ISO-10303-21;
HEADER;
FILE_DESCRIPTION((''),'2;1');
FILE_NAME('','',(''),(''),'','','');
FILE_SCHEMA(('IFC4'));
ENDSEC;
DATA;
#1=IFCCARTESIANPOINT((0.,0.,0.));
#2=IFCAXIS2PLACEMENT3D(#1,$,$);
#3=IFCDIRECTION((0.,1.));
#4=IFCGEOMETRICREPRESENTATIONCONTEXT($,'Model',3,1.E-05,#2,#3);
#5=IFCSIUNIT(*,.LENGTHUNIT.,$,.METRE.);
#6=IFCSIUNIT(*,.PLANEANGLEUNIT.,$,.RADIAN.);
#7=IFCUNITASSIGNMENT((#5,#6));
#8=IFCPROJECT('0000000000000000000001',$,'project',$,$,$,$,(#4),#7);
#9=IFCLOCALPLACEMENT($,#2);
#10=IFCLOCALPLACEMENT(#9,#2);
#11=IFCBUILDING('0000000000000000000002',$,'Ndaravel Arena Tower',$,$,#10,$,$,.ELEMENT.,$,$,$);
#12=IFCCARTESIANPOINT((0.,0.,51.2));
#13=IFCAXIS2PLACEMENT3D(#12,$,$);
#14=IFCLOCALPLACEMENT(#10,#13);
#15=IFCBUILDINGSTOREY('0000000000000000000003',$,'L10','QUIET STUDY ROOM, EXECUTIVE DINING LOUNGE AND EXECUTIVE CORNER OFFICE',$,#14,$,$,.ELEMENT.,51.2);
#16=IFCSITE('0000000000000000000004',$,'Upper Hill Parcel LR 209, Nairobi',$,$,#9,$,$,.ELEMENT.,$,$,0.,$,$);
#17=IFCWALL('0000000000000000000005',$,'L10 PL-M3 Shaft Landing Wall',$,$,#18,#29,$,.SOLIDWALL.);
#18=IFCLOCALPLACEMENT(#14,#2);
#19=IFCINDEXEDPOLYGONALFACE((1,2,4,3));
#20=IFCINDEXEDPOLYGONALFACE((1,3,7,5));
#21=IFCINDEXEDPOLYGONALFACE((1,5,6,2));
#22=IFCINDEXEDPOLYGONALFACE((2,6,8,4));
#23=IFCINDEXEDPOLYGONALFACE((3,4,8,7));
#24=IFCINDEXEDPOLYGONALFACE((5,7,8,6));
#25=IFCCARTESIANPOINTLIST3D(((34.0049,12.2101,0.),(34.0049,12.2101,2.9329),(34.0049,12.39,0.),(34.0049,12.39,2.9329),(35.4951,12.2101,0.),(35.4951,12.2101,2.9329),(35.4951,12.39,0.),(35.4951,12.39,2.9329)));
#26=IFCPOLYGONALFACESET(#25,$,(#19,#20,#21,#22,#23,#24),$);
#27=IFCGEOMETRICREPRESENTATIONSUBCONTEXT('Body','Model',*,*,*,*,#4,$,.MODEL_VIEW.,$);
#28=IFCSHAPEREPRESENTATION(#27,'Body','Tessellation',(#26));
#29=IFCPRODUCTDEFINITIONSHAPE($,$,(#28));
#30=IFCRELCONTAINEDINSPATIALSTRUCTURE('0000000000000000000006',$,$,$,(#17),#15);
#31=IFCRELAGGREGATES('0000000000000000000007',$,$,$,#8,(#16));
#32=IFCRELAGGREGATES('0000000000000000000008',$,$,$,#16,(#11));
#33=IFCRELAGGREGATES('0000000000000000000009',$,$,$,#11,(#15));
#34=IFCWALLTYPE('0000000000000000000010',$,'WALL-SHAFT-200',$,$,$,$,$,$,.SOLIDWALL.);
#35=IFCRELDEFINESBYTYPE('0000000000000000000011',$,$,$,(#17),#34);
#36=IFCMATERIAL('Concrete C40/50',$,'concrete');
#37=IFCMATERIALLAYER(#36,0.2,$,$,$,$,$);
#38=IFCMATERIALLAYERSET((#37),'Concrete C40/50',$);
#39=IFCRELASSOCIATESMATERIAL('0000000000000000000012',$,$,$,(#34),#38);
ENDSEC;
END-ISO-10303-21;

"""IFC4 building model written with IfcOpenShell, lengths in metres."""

from ifc_helpers import new_model, si_unit, direction, frame, frame_2d, origin, place, context, subcontext, project, spatial, rectangle, extrude, material, layer, layer_set, type_object, element, save


model = new_model("IFC4")

# Units and contexts
model_context = context("Model", 3, precision=1e-05, world=origin(), true_north=direction((0.0, 1.0)))
body_context = subcontext(model_context, "Body", "Model", "MODEL_VIEW")
ifc_project = project(units=[si_unit("LENGTHUNIT", "METRE"), si_unit("PLANEANGLEUNIT", "RADIAN")], contexts=[model_context])

# Site, building, storey
site_placement = place(None, origin())
site = spatial("IfcSite", under=ifc_project, at=site_placement, Name="Upper Hill Parcel LR 209, Nairobi", CompositionType="ELEMENT", RefElevation=0.0)
building_placement = place(site_placement, origin())
building = spatial("IfcBuilding", under=site, at=building_placement, Name="Ndaravel Arena Tower", CompositionType="ELEMENT")
storey_placement = place(building_placement, frame((0.0, 0.0, 51.2)))
storey = spatial("IfcBuildingStorey", under=building, at=storey_placement, Name="L10", Description="QUIET STUDY ROOM, EXECUTIVE DINING LOUNGE AND EXECUTIVE CORNER OFFICE", CompositionType="ELEMENT", Elevation=51.2)

# Shared definitions
ifc_material_1 = material(Name="Concrete C40/50", Category="concrete")
ifc_layer_1 = layer(ifc_material_1, 0.2)
ifc_layer_set_1 = layer_set([ifc_layer_1], Name="Concrete C40/50")
wall_type_1 = type_object("IfcWallType", Name="WALL-SHAFT-200", PredefinedType="SOLIDWALL", material=ifc_layer_set_1)

# Wall
wall_1_placement = place(storey_placement, frame((34.0049, 12.3, 0.0), z_axis=(0.0, 0.0, 1.0), x_axis=(1.0, 0.0, 0.0)))
element("IfcWall", 1, at=wall_1_placement, inside=storey, type_object=wall_type_1, Name="L10 PL-M3 Shaft Landing Wall", PredefinedType="SOLIDWALL", context=body_context, shape_type="SweptSolid", body=[
    extrude(rectangle(XDim=1.4902, YDim=0.1799, at=frame_2d((0.7451, 0.0))), origin(), (0.0, 0.0, 1.0), 2.9329),
])

save(model, "model.ifc")
